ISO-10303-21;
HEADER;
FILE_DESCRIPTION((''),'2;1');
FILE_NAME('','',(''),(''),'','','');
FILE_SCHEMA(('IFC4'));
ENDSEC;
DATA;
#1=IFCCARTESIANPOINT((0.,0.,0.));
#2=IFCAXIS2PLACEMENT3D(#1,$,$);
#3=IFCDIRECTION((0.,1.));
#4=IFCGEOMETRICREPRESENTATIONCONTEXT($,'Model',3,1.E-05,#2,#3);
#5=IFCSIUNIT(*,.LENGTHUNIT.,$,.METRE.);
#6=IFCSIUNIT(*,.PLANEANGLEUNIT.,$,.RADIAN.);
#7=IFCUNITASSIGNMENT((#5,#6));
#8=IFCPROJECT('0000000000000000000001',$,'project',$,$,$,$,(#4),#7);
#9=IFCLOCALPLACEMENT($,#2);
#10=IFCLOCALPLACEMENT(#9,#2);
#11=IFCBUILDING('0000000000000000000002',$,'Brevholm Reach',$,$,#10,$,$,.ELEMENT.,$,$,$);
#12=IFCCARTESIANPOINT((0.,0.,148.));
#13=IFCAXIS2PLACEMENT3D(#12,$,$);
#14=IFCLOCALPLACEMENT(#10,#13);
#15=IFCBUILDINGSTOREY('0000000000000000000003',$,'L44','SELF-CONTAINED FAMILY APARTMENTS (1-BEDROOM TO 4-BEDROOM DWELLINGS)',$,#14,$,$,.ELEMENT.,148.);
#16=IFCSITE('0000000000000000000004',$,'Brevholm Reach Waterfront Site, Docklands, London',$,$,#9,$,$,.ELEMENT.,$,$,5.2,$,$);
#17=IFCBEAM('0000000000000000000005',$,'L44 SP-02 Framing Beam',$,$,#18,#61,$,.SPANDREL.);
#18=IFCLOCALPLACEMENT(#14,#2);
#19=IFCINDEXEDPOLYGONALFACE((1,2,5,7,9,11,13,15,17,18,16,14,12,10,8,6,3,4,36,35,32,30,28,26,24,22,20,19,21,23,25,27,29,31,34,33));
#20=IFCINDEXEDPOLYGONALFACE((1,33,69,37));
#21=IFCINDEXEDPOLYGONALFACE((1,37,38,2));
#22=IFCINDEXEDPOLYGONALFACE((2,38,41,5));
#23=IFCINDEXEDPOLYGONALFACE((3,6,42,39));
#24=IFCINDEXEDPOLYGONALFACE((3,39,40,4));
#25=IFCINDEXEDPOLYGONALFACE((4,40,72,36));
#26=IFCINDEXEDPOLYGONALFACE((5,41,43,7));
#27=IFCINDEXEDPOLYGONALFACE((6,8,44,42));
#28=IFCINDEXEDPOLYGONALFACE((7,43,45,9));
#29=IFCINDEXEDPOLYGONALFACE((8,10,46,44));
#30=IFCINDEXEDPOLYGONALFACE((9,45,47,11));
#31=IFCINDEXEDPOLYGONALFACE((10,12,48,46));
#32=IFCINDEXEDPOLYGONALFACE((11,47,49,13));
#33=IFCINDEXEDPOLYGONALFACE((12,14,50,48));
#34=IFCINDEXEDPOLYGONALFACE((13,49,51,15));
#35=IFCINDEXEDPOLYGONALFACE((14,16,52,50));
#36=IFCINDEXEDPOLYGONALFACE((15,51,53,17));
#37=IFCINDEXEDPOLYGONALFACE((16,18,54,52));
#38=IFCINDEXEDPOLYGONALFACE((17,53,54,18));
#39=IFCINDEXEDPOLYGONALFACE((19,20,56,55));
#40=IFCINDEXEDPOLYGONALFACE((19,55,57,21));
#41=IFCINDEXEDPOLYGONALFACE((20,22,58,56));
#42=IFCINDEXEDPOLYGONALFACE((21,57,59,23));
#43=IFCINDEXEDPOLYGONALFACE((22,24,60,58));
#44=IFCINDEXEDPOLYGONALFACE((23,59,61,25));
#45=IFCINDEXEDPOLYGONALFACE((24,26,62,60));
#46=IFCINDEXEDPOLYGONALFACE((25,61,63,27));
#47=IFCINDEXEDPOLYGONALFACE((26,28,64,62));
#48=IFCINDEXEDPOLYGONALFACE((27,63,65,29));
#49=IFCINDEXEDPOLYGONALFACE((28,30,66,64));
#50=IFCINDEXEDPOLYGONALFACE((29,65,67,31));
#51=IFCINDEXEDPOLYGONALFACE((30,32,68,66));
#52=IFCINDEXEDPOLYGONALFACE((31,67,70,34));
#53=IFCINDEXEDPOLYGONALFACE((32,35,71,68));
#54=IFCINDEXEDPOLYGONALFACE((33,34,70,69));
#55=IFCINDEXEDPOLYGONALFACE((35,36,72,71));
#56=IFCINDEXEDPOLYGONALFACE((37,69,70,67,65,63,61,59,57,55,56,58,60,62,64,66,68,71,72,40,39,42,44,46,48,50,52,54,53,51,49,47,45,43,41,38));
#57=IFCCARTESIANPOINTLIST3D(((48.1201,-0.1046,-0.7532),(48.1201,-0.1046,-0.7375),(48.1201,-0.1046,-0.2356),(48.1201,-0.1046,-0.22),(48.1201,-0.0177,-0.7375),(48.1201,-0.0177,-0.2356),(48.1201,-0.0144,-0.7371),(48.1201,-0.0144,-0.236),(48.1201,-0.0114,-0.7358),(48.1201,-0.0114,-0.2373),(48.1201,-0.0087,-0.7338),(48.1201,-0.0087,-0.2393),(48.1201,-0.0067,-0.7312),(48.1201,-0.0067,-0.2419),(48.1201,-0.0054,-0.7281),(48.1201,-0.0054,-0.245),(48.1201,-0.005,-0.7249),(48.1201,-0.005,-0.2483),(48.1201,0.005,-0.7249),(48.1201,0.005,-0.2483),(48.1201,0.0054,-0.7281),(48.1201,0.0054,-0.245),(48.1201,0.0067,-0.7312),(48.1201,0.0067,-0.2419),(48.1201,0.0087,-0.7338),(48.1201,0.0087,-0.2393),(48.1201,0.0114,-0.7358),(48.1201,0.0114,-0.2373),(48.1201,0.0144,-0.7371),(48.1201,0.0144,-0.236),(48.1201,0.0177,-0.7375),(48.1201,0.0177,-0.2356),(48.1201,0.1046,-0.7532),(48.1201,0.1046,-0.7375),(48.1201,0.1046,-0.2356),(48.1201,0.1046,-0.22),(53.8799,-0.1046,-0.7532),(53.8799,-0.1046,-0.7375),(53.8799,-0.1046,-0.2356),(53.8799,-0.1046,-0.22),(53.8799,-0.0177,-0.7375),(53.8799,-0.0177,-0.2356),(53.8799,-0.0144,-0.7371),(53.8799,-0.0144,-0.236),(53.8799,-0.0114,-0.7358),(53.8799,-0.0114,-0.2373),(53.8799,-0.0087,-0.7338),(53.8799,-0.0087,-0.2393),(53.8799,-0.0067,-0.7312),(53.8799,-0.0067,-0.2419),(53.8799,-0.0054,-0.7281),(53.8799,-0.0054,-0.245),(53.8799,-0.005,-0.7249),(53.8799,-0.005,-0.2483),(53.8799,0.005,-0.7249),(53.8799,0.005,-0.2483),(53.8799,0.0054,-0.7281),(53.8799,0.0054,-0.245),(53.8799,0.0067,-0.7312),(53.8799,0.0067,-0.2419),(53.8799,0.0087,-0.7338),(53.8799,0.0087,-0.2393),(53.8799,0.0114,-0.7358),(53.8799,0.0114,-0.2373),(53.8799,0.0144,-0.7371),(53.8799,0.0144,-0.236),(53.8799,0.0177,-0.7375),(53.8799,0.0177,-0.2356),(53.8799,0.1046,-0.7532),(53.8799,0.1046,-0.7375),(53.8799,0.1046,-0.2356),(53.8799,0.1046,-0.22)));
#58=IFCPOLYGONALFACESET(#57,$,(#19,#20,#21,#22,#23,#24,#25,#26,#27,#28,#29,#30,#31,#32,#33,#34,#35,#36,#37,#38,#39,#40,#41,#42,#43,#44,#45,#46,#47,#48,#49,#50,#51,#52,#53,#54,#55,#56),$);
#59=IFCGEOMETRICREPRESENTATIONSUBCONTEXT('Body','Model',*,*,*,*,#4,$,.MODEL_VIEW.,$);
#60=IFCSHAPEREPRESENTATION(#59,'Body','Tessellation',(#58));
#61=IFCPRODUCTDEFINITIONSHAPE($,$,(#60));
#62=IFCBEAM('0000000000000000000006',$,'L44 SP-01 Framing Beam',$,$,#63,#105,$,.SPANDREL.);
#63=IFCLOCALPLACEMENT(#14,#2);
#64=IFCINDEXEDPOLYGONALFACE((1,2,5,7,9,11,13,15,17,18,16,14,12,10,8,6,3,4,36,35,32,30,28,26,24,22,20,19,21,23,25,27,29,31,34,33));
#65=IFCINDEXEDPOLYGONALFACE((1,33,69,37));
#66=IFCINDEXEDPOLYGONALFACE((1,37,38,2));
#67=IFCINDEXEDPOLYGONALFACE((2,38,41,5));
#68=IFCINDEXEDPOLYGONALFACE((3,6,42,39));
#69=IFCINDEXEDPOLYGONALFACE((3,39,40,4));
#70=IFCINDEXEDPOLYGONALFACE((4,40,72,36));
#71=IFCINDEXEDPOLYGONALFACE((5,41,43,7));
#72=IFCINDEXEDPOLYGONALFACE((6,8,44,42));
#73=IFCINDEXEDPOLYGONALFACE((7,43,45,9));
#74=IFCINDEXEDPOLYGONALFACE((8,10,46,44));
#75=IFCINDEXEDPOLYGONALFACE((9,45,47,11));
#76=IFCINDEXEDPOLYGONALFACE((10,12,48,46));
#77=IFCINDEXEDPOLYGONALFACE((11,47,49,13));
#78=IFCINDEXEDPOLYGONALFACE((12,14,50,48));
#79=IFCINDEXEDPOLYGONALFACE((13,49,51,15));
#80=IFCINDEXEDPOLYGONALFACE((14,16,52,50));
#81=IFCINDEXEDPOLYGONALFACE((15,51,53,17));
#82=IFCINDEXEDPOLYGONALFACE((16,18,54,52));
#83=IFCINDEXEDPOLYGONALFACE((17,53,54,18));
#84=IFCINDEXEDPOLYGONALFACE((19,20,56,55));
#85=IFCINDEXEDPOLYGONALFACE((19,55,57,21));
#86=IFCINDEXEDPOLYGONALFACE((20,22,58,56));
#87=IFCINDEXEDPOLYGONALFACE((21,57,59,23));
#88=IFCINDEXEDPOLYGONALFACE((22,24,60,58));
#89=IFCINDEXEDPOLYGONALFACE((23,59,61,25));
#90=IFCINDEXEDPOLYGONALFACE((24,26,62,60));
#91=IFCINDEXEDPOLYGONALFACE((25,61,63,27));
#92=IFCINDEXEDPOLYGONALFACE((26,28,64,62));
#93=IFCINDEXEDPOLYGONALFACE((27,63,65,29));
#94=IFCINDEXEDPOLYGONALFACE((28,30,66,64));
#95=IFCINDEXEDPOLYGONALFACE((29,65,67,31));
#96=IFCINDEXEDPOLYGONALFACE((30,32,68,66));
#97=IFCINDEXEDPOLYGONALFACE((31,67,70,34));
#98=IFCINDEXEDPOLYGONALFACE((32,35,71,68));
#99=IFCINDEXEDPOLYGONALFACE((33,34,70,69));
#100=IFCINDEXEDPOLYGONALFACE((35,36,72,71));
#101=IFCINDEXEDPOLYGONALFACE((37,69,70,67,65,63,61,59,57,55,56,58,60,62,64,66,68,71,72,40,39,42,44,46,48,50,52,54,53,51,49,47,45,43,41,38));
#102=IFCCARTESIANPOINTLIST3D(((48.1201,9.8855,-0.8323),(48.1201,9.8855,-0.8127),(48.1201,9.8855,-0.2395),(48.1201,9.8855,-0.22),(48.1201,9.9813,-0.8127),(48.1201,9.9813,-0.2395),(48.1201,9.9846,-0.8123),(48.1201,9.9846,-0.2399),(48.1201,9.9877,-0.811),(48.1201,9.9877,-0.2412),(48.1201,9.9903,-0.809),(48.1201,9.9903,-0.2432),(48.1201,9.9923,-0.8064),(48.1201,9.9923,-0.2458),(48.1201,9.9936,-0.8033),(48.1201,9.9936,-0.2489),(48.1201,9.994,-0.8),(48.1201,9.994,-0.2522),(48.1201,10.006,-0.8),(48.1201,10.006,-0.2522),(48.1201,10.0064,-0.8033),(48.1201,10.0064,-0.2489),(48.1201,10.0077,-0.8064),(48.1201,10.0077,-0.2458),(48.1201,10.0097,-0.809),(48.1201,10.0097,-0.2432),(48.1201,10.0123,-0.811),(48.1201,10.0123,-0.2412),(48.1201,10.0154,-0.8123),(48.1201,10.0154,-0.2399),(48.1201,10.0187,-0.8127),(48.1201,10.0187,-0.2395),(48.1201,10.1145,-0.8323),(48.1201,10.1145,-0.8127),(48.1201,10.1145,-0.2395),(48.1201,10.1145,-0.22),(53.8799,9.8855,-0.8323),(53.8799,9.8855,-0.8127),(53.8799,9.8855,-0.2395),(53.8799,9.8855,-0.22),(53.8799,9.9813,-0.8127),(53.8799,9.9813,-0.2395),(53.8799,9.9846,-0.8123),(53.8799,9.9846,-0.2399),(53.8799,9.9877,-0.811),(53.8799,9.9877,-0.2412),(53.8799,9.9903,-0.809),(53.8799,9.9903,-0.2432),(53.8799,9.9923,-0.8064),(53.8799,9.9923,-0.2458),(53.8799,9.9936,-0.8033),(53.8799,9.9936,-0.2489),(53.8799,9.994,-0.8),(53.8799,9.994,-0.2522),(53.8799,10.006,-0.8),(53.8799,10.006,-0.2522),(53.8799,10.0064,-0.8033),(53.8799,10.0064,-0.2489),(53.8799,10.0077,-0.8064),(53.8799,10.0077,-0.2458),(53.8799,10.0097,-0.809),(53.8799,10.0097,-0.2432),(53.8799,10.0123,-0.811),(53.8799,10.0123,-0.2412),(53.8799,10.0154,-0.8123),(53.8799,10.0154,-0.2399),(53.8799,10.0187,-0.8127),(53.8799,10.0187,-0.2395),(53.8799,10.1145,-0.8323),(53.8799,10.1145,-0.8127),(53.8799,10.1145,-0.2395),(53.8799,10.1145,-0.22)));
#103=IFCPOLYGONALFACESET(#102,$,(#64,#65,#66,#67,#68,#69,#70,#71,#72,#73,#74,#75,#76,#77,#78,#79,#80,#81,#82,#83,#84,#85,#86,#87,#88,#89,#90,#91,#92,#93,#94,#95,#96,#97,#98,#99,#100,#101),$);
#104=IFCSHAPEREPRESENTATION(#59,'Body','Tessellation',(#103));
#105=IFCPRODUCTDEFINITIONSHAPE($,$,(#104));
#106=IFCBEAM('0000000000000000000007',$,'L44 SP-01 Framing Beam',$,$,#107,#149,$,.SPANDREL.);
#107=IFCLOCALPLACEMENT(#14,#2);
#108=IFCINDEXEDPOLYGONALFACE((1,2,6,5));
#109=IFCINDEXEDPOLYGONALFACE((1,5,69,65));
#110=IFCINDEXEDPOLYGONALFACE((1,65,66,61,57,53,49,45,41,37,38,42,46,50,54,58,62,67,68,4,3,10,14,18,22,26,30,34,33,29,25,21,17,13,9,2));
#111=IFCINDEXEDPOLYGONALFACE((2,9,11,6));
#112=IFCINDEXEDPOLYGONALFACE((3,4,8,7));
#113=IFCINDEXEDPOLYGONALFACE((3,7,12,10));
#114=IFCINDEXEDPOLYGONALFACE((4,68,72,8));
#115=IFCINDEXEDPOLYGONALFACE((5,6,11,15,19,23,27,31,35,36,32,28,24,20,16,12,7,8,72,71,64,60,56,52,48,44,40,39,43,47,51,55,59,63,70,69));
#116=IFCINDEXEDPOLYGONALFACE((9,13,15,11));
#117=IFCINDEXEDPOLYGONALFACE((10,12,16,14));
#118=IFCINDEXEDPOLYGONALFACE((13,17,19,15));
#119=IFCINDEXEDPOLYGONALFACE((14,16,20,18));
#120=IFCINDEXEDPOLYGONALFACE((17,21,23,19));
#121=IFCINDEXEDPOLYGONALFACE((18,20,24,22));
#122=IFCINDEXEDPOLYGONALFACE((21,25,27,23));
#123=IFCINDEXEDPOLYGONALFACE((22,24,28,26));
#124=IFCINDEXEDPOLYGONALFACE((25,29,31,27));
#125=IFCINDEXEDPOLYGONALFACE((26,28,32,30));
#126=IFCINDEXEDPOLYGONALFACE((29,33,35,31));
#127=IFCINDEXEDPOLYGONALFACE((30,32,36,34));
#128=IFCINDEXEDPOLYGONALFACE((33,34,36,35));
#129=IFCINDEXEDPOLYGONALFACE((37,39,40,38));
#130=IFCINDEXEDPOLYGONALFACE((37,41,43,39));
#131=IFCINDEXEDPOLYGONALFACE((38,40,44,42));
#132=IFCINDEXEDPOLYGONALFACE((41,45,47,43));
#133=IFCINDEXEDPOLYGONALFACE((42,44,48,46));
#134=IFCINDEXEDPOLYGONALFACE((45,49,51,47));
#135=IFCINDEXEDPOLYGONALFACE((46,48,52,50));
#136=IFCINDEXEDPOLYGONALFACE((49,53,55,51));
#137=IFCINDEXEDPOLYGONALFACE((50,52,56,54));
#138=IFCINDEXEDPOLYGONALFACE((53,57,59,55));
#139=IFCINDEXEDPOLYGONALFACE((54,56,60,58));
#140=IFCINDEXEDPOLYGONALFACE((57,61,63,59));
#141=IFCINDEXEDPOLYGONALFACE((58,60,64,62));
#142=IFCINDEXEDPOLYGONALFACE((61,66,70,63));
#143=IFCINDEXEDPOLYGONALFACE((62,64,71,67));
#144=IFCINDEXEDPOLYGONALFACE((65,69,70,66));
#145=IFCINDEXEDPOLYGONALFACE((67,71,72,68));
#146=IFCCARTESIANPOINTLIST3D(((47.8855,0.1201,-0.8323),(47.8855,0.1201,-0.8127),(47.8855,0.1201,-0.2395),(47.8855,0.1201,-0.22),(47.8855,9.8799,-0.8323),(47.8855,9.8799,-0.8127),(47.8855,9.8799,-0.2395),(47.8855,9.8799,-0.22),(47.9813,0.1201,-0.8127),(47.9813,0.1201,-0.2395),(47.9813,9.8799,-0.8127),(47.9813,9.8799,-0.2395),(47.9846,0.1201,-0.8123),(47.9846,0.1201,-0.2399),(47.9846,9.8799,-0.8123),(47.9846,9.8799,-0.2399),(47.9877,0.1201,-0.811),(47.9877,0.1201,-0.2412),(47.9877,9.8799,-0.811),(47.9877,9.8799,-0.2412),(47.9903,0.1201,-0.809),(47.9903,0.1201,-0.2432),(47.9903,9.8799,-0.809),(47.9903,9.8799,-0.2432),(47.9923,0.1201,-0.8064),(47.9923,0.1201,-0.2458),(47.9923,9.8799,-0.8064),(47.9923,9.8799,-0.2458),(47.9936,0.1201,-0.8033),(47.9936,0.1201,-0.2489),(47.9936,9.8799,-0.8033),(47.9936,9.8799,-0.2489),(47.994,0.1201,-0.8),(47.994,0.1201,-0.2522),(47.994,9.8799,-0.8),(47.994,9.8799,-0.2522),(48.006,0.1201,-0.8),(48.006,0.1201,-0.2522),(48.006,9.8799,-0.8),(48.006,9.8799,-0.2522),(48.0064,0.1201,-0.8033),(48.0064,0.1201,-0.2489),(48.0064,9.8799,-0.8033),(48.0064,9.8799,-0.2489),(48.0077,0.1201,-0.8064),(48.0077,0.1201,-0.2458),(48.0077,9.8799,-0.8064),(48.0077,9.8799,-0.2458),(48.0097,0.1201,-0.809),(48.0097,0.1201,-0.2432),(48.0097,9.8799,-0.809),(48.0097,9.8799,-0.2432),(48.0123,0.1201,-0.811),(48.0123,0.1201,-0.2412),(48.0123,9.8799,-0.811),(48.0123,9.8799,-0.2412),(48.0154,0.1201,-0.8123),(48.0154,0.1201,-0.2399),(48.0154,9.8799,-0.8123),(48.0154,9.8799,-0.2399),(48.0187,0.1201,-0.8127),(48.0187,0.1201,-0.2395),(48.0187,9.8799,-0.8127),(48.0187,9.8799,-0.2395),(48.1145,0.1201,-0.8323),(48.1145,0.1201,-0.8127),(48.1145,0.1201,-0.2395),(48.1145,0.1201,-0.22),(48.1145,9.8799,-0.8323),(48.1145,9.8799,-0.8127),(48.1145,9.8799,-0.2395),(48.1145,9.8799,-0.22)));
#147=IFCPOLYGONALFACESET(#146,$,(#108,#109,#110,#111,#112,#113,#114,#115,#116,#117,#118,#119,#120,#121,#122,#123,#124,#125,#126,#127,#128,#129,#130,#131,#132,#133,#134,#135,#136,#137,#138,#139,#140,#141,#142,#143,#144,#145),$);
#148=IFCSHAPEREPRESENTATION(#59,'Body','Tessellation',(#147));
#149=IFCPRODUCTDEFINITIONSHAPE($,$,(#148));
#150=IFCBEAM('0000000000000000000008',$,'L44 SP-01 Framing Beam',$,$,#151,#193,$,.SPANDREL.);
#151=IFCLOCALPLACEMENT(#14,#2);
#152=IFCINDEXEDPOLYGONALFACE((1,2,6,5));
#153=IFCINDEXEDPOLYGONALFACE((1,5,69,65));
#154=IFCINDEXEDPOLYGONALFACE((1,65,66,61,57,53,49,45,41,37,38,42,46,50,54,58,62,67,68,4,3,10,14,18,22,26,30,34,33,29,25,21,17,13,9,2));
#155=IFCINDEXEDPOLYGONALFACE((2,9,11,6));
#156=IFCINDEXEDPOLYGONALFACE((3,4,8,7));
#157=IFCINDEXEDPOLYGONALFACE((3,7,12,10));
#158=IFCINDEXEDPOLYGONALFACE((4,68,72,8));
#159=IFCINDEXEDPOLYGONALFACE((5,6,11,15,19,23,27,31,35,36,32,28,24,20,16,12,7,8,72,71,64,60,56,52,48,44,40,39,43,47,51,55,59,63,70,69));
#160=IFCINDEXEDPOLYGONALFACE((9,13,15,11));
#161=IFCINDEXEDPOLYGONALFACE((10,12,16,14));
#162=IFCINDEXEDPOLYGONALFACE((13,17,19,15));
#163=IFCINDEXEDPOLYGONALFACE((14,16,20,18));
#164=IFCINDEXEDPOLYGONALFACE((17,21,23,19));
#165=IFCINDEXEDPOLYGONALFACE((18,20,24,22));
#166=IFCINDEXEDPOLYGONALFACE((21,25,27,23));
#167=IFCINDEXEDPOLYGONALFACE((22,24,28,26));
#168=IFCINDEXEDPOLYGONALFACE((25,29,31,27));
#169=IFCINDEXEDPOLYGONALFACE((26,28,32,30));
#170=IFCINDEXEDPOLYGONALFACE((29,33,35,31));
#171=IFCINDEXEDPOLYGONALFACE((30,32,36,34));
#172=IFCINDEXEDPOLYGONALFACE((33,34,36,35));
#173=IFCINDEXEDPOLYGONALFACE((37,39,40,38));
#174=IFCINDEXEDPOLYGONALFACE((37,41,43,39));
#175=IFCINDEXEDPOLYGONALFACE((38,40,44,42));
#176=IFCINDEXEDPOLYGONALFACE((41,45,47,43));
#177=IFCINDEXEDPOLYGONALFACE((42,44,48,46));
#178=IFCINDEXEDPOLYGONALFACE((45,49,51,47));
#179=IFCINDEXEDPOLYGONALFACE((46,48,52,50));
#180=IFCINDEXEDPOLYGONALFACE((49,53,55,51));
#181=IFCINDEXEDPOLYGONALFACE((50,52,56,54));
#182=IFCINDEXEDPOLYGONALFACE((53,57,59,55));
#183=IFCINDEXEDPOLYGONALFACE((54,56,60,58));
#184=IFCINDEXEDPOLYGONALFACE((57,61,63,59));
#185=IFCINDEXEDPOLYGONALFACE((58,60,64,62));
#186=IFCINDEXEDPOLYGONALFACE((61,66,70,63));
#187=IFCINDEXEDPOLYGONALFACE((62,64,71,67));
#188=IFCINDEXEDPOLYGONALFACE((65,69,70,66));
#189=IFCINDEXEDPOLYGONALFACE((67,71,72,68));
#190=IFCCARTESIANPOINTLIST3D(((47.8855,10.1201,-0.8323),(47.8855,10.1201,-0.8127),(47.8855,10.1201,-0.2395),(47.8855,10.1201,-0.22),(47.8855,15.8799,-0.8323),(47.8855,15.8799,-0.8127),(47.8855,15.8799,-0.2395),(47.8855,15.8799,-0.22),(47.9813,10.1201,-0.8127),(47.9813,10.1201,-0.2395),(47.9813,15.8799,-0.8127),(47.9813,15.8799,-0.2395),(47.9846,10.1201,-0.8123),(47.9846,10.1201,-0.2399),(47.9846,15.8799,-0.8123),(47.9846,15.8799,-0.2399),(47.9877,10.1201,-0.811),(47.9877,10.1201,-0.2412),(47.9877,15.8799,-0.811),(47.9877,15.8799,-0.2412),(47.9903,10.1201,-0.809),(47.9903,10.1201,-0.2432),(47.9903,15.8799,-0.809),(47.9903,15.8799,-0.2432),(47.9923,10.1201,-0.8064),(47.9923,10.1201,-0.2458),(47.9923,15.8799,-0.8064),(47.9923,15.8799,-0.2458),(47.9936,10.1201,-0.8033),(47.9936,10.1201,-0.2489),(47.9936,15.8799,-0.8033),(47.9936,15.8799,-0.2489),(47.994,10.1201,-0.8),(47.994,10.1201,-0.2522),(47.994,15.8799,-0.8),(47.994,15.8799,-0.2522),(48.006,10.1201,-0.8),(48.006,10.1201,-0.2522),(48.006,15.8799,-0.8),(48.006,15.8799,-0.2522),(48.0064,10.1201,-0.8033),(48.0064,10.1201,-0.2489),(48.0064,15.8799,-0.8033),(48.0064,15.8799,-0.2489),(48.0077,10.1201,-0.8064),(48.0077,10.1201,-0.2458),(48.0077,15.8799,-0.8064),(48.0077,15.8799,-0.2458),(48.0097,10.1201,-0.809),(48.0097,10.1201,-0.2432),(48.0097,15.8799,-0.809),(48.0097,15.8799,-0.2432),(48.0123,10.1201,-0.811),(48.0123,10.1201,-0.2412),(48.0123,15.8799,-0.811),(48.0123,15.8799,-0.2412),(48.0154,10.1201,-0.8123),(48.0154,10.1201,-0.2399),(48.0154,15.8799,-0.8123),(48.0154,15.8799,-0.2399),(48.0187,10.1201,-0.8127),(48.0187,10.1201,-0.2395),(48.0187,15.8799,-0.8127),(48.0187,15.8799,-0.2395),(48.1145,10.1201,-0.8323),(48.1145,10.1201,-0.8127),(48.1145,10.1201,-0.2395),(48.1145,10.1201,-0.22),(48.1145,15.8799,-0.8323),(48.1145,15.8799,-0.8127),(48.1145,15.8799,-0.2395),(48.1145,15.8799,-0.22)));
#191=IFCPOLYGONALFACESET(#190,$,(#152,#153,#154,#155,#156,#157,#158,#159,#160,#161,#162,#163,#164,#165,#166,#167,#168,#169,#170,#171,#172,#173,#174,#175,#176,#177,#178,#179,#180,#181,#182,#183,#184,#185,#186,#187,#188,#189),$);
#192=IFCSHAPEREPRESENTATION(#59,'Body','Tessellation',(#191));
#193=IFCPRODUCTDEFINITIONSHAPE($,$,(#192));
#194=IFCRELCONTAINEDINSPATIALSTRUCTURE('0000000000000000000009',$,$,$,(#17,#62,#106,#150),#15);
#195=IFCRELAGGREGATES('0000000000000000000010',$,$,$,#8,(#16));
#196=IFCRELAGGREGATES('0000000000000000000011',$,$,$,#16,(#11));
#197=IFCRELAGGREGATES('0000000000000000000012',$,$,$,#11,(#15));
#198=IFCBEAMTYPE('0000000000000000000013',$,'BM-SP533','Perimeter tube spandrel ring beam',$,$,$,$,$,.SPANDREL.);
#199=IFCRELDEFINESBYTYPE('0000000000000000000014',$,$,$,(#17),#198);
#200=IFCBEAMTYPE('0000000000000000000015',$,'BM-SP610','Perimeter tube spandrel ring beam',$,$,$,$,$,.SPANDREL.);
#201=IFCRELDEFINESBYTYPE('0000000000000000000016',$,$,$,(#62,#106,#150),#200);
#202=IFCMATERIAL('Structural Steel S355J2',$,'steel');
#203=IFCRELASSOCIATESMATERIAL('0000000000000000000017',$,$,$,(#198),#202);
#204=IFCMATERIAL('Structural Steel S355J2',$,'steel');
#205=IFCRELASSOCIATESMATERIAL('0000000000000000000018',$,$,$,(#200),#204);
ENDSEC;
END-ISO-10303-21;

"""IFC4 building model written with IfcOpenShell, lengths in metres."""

from ifc_helpers import new_model, si_unit, direction, frame, origin, origin_2d, place, context, subcontext, project, spatial, i_section, extrude, material, material_profile, profile_set, type_object, element, save


model = new_model("IFC4")

# Units and contexts
model_context = context("Model", 3, precision=1e-05, world=origin(), true_north=direction((0.0, 1.0)))
body_context = subcontext(model_context, "Body", "Model", "MODEL_VIEW")
ifc_project = project(units=[si_unit("LENGTHUNIT", "METRE"), si_unit("PLANEANGLEUNIT", "RADIAN")], contexts=[model_context])

# Site, building, storey
site_placement = place(None, origin())
site = spatial("IfcSite", under=ifc_project, at=site_placement, Name="Brevholm Reach Waterfront Site, Docklands, London", CompositionType="ELEMENT", RefElevation=5.2)
building_placement = place(site_placement, origin())
building = spatial("IfcBuilding", under=site, at=building_placement, Name="Brevholm Reach", CompositionType="ELEMENT")
storey_placement = place(building_placement, frame((0.0, 0.0, 148.0)))
storey = spatial("IfcBuildingStorey", under=building, at=storey_placement, Name="L44", Description="SELF-CONTAINED FAMILY APARTMENTS (1-BEDROOM TO 4-BEDROOM DWELLINGS)", CompositionType="ELEMENT", Elevation=148.0)

# Beams
ifc_material_1 = material(Name="Structural Steel S355J2", Category="steel")
ifc_material_profile_1 = material_profile(ifc_material_1, i_section(OverallWidth=0.2092, OverallDepth=0.5332, WebThickness=0.01, FlangeThickness=0.0156, FilletRadius=0.0127, at=origin_2d()), Name="UKB 533x210x92")
ifc_profile_set_1 = profile_set([ifc_material_profile_1], Name="Structural Steel S355J2")
beam_type_1 = type_object("IfcBeamType", Name="BM-SP533", Description="Perimeter tube spandrel ring beam", PredefinedType="SPANDREL", material=ifc_profile_set_1)
beam_1_placement = place(storey_placement, frame((48.1201, 0.0, -0.4866), z_axis=(1.0, 0.0, 0.0), x_axis=(0.0, 1.0, 0.0)))
element("IfcBeam", 1, at=beam_1_placement, inside=storey, type_object=beam_type_1, Name="L44 SP-02 Framing Beam", PredefinedType="SPANDREL", context=body_context, shape_type="SweptSolid", body=[
    extrude(i_section(OverallWidth=0.2092, OverallDepth=0.5332, WebThickness=0.01, FlangeThickness=0.0156, FilletRadius=0.0127, at=origin_2d()), origin(), (0.0, 0.0, 1.0), 5.7598),
])
ifc_material_2 = material(Name="Structural Steel S355J2", Category="steel")
ifc_material_profile_2 = material_profile(ifc_material_2, i_section(OverallWidth=0.229, OverallDepth=0.6123, WebThickness=0.012, FlangeThickness=0.0195, FilletRadius=0.0127, at=origin_2d()), Name="UKB 610x229x125")
ifc_profile_set_2 = profile_set([ifc_material_profile_2], Name="Structural Steel S355J2")
beam_type_2 = type_object("IfcBeamType", Name="BM-SP610", Description="Perimeter tube spandrel ring beam", PredefinedType="SPANDREL", material=ifc_profile_set_2)
beam_2_placement = place(storey_placement, frame((48.1201, 10.0, -0.5261), z_axis=(1.0, 0.0, 0.0), x_axis=(0.0, 1.0, 0.0)))
element("IfcBeam", 2, at=beam_2_placement, inside=storey, type_object=beam_type_2, Name="L44 SP-01 Framing Beam", PredefinedType="SPANDREL", context=body_context, shape_type="SweptSolid", body=[
    extrude(i_section(OverallWidth=0.229, OverallDepth=0.6123, WebThickness=0.012, FlangeThickness=0.0195, FilletRadius=0.0127, at=origin_2d()), origin(), (0.0, 0.0, 1.0), 5.7598),
])
beam_3_placement = place(storey_placement, frame((48.0, 0.1201, -0.5261), z_axis=(0.0, 1.0, 0.0), x_axis=(-1.0, 0.0, 0.0)))
element("IfcBeam", 3, at=beam_3_placement, inside=storey, type_object=beam_type_2, Name="L44 SP-01 Framing Beam", PredefinedType="SPANDREL", context=body_context, shape_type="SweptSolid", body=[
    extrude(i_section(OverallWidth=0.229, OverallDepth=0.6123, WebThickness=0.012, FlangeThickness=0.0195, FilletRadius=0.0127, at=origin_2d()), origin(), (0.0, 0.0, 1.0), 9.7598),
])
beam_4_placement = place(storey_placement, frame((48.0, 10.1201, -0.5261), z_axis=(0.0, 1.0, 0.0), x_axis=(-1.0, 0.0, 0.0)))
element("IfcBeam", 4, at=beam_4_placement, inside=storey, type_object=beam_type_2, Name="L44 SP-01 Framing Beam", PredefinedType="SPANDREL", context=body_context, shape_type="SweptSolid", body=[
    extrude(i_section(OverallWidth=0.229, OverallDepth=0.6123, WebThickness=0.012, FlangeThickness=0.0195, FilletRadius=0.0127, at=origin_2d()), origin(), (0.0, 0.0, 1.0), 5.7598),
])

save(model, "model.ifc")
